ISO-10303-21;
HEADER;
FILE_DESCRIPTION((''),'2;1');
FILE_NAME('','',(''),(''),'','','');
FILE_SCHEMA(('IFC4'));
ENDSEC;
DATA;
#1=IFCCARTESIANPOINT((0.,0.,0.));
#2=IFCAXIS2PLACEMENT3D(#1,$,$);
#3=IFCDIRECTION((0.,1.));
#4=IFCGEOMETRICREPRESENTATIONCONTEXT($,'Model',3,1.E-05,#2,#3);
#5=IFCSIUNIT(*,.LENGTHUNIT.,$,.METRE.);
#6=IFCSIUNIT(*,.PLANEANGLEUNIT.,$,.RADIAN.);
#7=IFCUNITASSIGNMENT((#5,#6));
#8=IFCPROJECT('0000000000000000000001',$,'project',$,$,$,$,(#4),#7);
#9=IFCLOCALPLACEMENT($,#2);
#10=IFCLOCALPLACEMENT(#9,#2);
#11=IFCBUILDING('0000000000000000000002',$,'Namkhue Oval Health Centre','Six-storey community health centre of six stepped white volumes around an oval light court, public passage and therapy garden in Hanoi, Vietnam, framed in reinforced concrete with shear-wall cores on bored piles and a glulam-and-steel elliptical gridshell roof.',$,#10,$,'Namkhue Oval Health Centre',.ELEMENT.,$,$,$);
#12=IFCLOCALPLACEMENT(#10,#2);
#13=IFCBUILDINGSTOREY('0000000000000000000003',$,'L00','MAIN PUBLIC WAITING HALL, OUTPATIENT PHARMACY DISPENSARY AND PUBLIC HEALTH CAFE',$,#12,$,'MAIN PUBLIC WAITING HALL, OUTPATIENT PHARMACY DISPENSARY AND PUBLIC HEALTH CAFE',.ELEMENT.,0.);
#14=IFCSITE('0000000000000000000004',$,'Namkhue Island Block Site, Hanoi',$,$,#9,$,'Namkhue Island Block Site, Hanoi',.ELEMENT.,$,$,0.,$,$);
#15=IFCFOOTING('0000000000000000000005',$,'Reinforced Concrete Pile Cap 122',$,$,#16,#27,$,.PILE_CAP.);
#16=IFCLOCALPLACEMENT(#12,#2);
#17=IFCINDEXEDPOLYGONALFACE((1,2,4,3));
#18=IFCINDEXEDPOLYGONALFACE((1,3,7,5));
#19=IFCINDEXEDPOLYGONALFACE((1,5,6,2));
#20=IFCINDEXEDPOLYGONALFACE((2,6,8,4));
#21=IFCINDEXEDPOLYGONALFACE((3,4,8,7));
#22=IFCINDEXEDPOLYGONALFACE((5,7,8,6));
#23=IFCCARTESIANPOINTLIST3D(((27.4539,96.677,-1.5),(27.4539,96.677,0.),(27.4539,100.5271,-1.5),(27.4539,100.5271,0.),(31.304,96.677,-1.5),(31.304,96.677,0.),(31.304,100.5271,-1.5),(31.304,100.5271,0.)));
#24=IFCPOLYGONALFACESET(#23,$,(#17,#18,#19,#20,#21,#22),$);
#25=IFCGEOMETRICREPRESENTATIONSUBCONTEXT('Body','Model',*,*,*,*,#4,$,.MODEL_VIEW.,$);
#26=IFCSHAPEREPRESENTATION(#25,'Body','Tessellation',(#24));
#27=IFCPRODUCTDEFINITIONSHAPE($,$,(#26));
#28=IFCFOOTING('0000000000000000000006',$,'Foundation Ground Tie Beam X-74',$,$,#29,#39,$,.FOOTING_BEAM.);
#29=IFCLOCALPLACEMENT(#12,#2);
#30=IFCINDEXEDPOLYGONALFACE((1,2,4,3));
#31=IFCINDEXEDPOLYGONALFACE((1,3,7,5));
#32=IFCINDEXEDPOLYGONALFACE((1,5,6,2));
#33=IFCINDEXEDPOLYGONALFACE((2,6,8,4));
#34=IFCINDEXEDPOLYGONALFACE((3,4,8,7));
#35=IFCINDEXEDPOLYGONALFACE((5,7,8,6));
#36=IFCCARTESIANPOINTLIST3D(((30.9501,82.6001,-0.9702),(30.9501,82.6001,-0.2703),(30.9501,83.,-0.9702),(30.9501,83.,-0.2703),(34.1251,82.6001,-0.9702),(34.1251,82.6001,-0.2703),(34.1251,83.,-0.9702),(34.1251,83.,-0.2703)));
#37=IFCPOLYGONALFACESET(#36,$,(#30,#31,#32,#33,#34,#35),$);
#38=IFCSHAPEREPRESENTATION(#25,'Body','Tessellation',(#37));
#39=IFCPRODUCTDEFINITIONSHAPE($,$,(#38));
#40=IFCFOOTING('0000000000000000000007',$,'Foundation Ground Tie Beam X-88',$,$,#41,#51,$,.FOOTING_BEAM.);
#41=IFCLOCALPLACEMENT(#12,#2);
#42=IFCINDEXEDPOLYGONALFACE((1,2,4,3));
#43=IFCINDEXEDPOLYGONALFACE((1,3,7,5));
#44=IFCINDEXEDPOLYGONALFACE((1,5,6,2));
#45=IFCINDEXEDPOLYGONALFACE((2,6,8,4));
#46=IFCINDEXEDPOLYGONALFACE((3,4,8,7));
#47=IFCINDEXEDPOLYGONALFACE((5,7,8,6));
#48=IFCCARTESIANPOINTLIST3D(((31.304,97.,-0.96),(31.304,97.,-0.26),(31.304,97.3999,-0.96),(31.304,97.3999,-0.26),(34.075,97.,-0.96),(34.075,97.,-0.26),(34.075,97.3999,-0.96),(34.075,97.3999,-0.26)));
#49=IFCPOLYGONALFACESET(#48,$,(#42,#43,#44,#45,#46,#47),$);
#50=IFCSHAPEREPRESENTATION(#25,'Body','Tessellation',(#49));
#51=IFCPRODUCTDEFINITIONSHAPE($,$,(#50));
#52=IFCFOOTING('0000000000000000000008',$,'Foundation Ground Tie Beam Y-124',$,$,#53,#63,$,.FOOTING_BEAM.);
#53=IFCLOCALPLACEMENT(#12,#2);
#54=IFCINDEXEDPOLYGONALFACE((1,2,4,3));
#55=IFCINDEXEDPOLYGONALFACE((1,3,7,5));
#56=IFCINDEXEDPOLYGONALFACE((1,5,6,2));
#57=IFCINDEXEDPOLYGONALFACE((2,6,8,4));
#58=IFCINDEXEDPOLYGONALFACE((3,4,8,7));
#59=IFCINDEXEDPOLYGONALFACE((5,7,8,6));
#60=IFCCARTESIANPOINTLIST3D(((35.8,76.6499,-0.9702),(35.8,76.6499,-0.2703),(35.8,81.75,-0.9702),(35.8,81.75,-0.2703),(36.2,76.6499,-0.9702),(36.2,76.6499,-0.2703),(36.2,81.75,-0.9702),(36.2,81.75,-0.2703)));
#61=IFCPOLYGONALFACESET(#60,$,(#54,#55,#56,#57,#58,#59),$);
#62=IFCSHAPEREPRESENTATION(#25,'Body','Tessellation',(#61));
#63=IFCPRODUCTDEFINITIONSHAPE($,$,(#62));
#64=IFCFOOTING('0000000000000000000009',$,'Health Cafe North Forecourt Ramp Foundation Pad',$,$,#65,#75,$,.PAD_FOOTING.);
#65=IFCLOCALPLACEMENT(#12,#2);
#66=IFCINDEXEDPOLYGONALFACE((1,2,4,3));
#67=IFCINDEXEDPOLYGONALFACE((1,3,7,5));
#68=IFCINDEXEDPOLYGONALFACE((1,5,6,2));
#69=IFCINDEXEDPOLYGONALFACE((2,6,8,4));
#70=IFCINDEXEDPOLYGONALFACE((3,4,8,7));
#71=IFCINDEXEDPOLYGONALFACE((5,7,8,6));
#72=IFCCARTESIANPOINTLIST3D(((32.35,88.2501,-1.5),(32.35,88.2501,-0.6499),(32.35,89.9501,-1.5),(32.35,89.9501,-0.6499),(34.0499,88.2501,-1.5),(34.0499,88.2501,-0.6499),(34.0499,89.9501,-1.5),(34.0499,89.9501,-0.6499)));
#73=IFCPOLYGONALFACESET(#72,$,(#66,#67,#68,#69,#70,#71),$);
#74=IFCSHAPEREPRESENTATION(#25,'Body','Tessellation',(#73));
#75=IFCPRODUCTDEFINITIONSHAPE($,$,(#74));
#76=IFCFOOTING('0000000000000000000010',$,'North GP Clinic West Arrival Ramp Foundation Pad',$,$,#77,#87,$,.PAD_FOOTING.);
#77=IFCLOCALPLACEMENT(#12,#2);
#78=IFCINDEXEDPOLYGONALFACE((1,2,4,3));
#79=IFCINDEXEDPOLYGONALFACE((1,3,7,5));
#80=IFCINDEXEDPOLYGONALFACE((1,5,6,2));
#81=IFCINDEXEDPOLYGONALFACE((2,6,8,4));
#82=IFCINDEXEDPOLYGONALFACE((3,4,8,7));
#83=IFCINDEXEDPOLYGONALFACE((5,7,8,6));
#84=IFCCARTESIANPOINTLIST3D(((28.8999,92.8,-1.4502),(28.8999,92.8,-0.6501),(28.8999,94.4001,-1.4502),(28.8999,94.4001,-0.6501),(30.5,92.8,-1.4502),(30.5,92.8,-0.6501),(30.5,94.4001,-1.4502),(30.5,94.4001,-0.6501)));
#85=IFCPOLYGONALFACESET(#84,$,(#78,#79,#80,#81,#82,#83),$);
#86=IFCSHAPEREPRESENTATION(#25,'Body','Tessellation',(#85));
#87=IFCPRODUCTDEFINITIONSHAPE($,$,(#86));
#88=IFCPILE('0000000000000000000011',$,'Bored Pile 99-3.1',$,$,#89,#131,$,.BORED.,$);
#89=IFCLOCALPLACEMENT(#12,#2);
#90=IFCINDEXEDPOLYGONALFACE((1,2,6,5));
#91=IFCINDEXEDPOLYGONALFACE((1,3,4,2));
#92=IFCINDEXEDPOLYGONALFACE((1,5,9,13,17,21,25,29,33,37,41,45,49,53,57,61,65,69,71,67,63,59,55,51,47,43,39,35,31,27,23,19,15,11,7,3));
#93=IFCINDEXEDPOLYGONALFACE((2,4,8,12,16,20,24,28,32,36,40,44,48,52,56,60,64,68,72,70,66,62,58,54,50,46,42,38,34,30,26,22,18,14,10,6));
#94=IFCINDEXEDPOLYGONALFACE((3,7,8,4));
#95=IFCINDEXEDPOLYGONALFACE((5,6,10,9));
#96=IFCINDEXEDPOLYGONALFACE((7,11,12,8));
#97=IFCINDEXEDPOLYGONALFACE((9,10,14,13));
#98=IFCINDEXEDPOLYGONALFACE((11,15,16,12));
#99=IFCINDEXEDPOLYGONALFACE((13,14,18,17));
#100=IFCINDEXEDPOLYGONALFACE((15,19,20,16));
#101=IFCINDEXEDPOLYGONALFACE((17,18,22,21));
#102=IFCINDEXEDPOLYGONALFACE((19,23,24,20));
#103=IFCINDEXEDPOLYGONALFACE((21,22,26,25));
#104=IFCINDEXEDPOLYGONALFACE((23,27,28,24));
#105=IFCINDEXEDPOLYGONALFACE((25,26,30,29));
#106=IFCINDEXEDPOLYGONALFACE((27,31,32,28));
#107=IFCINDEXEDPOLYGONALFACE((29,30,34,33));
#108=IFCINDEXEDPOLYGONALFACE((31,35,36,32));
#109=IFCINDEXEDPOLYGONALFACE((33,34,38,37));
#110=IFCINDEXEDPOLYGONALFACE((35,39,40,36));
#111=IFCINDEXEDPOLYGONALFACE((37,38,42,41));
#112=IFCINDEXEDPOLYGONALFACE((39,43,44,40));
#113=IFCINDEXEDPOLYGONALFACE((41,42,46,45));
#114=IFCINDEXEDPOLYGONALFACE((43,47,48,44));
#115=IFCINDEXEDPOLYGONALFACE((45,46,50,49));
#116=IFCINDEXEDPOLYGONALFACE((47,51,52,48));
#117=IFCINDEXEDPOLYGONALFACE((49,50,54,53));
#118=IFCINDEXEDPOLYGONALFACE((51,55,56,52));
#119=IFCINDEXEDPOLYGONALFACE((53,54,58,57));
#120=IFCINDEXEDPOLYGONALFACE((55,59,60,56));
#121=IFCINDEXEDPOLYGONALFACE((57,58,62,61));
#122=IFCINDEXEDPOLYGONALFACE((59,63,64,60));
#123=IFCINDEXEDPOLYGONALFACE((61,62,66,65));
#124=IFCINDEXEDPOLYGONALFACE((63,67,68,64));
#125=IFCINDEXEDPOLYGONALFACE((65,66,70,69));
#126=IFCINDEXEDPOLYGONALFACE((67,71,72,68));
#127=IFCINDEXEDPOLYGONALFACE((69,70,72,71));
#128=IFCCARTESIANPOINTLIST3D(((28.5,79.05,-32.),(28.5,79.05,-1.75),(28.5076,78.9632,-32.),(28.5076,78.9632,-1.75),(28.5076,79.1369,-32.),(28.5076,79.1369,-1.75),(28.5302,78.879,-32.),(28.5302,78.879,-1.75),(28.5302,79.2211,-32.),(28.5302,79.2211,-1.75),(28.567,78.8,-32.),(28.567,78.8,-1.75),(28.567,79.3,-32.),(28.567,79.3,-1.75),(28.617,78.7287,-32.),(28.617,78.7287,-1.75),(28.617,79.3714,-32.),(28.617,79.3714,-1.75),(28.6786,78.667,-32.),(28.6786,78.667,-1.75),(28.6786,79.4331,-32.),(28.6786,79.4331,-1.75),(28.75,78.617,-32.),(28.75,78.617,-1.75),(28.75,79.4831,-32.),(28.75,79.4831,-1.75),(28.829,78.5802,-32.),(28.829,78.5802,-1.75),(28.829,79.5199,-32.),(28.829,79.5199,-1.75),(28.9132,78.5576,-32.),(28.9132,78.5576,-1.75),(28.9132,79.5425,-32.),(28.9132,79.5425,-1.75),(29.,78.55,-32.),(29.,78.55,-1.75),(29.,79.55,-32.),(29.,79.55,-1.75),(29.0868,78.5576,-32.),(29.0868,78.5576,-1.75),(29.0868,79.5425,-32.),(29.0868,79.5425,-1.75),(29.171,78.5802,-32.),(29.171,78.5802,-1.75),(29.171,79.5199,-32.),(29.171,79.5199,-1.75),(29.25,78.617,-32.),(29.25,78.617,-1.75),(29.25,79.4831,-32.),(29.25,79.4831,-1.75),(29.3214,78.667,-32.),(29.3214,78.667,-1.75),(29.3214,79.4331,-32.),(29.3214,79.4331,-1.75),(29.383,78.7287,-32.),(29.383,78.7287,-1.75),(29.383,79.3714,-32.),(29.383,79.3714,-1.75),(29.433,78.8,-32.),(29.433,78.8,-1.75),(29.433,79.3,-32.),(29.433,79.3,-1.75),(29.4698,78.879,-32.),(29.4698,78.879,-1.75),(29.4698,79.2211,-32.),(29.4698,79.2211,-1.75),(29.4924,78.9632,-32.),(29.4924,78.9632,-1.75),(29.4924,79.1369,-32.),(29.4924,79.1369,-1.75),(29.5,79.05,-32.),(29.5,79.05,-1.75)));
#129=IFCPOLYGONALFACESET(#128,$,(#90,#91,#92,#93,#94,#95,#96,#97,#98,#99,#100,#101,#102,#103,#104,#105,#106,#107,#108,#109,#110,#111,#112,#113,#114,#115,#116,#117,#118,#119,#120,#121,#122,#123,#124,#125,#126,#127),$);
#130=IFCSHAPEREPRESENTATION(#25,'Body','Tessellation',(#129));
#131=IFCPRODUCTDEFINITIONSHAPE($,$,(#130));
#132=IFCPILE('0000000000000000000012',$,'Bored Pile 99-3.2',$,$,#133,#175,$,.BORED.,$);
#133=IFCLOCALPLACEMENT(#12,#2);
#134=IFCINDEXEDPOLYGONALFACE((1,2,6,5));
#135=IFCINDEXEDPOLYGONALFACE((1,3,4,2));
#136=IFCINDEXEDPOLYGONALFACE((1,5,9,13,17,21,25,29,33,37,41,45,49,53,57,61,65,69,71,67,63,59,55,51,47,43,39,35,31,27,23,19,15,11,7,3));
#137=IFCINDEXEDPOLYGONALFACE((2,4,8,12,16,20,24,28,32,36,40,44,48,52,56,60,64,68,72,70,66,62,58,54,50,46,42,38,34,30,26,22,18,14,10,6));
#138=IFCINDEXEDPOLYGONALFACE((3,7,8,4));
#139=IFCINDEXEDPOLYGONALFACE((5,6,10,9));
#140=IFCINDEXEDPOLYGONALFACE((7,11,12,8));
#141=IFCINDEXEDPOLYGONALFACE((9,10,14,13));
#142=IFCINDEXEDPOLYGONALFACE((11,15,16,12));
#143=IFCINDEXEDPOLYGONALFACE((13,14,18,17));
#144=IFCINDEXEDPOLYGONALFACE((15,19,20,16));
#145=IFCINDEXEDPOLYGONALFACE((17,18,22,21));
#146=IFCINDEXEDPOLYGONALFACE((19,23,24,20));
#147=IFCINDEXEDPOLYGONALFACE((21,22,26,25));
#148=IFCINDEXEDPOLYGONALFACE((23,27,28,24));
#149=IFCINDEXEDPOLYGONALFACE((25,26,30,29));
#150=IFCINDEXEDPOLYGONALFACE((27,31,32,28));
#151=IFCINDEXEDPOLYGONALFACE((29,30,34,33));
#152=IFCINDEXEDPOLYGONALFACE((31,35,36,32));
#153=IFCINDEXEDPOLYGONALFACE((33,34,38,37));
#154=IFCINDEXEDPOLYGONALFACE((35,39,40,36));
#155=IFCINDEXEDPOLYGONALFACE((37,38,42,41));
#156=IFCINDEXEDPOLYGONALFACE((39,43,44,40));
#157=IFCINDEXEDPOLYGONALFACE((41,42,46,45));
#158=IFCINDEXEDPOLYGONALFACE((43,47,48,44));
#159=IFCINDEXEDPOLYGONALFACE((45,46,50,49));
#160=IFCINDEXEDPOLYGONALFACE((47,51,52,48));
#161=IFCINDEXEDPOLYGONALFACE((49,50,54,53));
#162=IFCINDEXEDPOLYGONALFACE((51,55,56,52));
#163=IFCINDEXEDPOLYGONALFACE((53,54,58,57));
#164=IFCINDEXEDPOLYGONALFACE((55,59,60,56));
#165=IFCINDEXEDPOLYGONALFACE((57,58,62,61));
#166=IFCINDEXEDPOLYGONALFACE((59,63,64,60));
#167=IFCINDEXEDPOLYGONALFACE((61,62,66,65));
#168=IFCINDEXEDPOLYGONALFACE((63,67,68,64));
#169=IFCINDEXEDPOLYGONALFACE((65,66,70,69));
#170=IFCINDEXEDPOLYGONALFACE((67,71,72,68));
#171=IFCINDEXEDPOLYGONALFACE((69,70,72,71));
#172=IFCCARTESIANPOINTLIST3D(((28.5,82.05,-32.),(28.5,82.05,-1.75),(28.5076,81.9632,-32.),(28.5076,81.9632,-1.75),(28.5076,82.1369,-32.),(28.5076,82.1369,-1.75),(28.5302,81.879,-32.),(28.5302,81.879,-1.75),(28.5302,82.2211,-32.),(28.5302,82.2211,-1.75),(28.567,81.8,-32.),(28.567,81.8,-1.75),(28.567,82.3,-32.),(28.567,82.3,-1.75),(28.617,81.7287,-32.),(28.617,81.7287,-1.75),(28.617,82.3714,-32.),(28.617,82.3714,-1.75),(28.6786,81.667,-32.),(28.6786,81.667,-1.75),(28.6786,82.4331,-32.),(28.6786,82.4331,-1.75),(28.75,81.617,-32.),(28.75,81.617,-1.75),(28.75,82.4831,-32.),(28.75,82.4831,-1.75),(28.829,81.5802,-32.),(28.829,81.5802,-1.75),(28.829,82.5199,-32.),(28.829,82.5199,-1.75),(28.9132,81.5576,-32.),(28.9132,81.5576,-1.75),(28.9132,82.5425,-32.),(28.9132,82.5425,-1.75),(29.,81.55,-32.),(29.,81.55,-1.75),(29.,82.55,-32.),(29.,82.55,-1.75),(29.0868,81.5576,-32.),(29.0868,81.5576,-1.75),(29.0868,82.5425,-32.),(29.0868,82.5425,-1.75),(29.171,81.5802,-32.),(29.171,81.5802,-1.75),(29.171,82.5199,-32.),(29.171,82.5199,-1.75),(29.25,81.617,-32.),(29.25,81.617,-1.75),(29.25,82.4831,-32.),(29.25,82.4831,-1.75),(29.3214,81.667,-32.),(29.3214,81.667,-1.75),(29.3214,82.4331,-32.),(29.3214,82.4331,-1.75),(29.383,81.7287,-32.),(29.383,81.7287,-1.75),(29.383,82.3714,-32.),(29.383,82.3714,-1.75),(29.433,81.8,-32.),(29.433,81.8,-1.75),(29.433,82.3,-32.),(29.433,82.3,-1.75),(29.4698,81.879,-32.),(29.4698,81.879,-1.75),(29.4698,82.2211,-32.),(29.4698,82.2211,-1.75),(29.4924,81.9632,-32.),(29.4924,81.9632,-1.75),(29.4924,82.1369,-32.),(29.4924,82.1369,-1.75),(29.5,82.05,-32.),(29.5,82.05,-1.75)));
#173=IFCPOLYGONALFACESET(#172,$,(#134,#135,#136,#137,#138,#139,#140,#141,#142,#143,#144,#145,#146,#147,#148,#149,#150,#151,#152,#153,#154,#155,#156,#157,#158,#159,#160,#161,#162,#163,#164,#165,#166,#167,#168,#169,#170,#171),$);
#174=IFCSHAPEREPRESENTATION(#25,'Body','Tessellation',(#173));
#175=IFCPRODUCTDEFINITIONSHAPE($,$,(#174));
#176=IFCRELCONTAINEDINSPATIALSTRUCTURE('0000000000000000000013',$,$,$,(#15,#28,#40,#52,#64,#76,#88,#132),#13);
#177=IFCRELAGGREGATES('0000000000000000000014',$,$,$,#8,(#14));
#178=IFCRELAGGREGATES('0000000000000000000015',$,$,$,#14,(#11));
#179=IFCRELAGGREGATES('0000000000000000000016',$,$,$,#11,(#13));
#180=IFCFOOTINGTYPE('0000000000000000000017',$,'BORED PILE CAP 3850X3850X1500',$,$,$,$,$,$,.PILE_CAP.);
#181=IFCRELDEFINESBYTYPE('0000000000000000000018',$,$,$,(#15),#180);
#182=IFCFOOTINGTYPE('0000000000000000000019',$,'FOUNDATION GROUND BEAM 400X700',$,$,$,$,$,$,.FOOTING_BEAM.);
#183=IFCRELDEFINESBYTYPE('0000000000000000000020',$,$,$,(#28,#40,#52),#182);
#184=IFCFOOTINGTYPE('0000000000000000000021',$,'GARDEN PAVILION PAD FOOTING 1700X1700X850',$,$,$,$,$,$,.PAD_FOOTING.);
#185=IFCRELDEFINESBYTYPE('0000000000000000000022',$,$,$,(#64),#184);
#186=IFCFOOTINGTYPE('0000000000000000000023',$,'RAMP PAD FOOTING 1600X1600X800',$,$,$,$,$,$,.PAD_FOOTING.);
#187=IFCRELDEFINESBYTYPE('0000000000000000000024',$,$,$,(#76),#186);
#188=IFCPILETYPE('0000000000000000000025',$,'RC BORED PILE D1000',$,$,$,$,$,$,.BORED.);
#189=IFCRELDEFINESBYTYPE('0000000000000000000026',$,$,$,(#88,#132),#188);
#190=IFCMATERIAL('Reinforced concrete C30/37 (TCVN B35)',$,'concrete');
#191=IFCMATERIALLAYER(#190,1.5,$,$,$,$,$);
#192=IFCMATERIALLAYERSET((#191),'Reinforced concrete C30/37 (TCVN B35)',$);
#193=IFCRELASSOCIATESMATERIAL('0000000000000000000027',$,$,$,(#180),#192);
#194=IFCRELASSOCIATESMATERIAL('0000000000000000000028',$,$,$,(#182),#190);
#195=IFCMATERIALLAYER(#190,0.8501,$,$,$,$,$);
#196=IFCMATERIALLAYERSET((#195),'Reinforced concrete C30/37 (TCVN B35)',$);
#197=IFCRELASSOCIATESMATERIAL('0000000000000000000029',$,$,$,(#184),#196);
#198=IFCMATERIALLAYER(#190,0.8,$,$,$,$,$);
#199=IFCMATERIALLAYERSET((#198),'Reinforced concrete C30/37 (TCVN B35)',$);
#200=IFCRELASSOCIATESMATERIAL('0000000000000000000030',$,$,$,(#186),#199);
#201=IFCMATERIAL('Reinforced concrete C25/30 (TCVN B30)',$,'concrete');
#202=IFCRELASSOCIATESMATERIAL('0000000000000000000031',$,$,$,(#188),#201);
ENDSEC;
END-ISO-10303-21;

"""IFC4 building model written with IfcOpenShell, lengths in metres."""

from ifc_helpers import new_model, si_unit, direction, frame, origin, origin_2d, place, context, subcontext, project, spatial, rectangle, circle, extrude, material, layer, layer_set, material_profile, profile_set, type_object, element, save


model = new_model("IFC4")

# Units and contexts
model_context = context("Model", 3, precision=1e-05, world=origin(), true_north=direction((0.0, 1.0)))
body_context = subcontext(model_context, "Body", "Model", "MODEL_VIEW")
ifc_project = project(units=[si_unit("LENGTHUNIT", "METRE"), si_unit("PLANEANGLEUNIT", "RADIAN")], contexts=[model_context])

# Site, building, storey
site_placement = place(None, origin())
site = spatial("IfcSite", under=ifc_project, at=site_placement, Name="Namkhue Island Block Site, Hanoi", LongName="Namkhue Island Block Site, Hanoi", CompositionType="ELEMENT", RefElevation=0.0)
building_placement = place(site_placement, origin())
building = spatial("IfcBuilding", under=site, at=building_placement, Name="Namkhue Oval Health Centre", Description="Six-storey community health centre of six stepped white volumes around an oval light court, public passage and therapy garden in Hanoi, Vietnam, framed in reinforced concrete with shear-wall cores on bored piles and a glulam-and-steel elliptical gridshell roof.", LongName="Namkhue Oval Health Centre", CompositionType="ELEMENT")
storey_placement = place(building_placement, origin())
storey = spatial("IfcBuildingStorey", under=building, at=storey_placement, Name="L00", Description="MAIN PUBLIC WAITING HALL, OUTPATIENT PHARMACY DISPENSARY AND PUBLIC HEALTH CAFE", LongName="MAIN PUBLIC WAITING HALL, OUTPATIENT PHARMACY DISPENSARY AND PUBLIC HEALTH CAFE", CompositionType="ELEMENT", Elevation=0.0)

# Footings
ifc_material_1 = material(Name="Reinforced concrete C30/37 (TCVN B35)", Category="concrete")
ifc_layer_1 = layer(ifc_material_1, 1.5)
ifc_layer_set_1 = layer_set([ifc_layer_1], Name="Reinforced concrete C30/37 (TCVN B35)")
footing_type_1 = type_object("IfcFootingType", Name="BORED PILE CAP 3850X3850X1500", PredefinedType="PILE_CAP", material=ifc_layer_set_1)
footing_1_placement = place(storey_placement, frame((29.3789, 98.6021, -1.5), z_axis=(0.0, 0.0, 1.0), x_axis=(1.0, 0.0, 0.0)))
element("IfcFooting", 1, at=footing_1_placement, inside=storey, type_object=footing_type_1, Name="Reinforced Concrete Pile Cap 122", PredefinedType="PILE_CAP", context=body_context, shape_type="SweptSolid", body=[
    extrude(rectangle(XDim=3.8501, YDim=3.8501, at=origin_2d()), origin(), (0.0, 0.0, 1.0), 1.5),
])
footing_type_2 = type_object("IfcFootingType", Name="FOUNDATION GROUND BEAM 400X700", PredefinedType="FOOTING_BEAM", material=ifc_material_1)
footing_2_placement = place(storey_placement, frame((32.5376, 82.8, -0.9702), z_axis=(0.0, 0.0, 1.0), x_axis=(1.0, 0.0, 0.0)))
element("IfcFooting", 2, at=footing_2_placement, inside=storey, type_object=footing_type_2, Name="Foundation Ground Tie Beam X-74", PredefinedType="FOOTING_BEAM", context=body_context, shape_type="SweptSolid", body=[
    extrude(rectangle(XDim=3.175, YDim=0.3999, at=origin_2d()), origin(), (0.0, 0.0, 1.0), 0.7),
])
footing_3_placement = place(storey_placement, frame((32.6895, 97.2, -0.96), z_axis=(0.0, 0.0, 1.0), x_axis=(1.0, 0.0, 0.0)))
element("IfcFooting", 3, at=footing_3_placement, inside=storey, type_object=footing_type_2, Name="Foundation Ground Tie Beam X-88", PredefinedType="FOOTING_BEAM", context=body_context, shape_type="SweptSolid", body=[
    extrude(rectangle(XDim=2.771, YDim=0.3999, at=origin_2d()), origin(), (0.0, 0.0, 1.0), 0.7),
])
footing_4_placement = place(storey_placement, frame((36.0, 79.2, -0.9702), z_axis=(0.0, 0.0, 1.0), x_axis=(0.0, 1.0, 0.0)))
element("IfcFooting", 4, at=footing_4_placement, inside=storey, type_object=footing_type_2, Name="Foundation Ground Tie Beam Y-124", PredefinedType="FOOTING_BEAM", context=body_context, shape_type="SweptSolid", body=[
    extrude(rectangle(XDim=5.1001, YDim=0.3999, at=origin_2d()), origin(), (0.0, 0.0, 1.0), 0.7),
])
ifc_layer_2 = layer(ifc_material_1, 0.8501)
ifc_layer_set_2 = layer_set([ifc_layer_2], Name="Reinforced concrete C30/37 (TCVN B35)")
footing_type_3 = type_object("IfcFootingType", Name="GARDEN PAVILION PAD FOOTING 1700X1700X850", PredefinedType="PAD_FOOTING", material=ifc_layer_set_2)
footing_5_placement = place(storey_placement, frame((33.2, 89.1001, -1.5), z_axis=(0.0, 0.0, 1.0), x_axis=(0.0, -1.0, 0.0)))
element("IfcFooting", 5, at=footing_5_placement, inside=storey, type_object=footing_type_3, Name="Health Cafe North Forecourt Ramp Foundation Pad", PredefinedType="PAD_FOOTING", context=body_context, shape_type="SweptSolid", body=[
    extrude(rectangle(XDim=1.7, YDim=1.7, at=origin_2d()), origin(), (0.0, 0.0, 1.0), 0.8501),
])
ifc_layer_3 = layer(ifc_material_1, 0.8)
ifc_layer_set_3 = layer_set([ifc_layer_3], Name="Reinforced concrete C30/37 (TCVN B35)")
footing_type_4 = type_object("IfcFootingType", Name="RAMP PAD FOOTING 1600X1600X800", PredefinedType="PAD_FOOTING", material=ifc_layer_set_3)
footing_6_placement = place(storey_placement, frame((29.7, 93.6001, -1.4502), z_axis=(0.0, 0.0, 1.0), x_axis=(1.0, 0.0, 0.0)))
element("IfcFooting", 6, at=footing_6_placement, inside=storey, type_object=footing_type_4, Name="North GP Clinic West Arrival Ramp Foundation Pad", PredefinedType="PAD_FOOTING", context=body_context, shape_type="SweptSolid", body=[
    extrude(rectangle(XDim=1.6001, YDim=1.6001, at=origin_2d()), origin(), (0.0, 0.0, 1.0), 0.8),
])

# Piles
ifc_material_2 = material(Name="Reinforced concrete C25/30 (TCVN B30)", Category="concrete")
ifc_material_profile_1 = material_profile(ifc_material_2, circle(Radius=0.5, at=origin_2d()), Name="BORED PILE D1000")
ifc_profile_set_1 = profile_set([ifc_material_profile_1], Name="Reinforced concrete C25/30 (TCVN B30)")
pile_type_1 = type_object("IfcPileType", Name="RC BORED PILE D1000", PredefinedType="BORED", material=ifc_profile_set_1)
for number, where, z_axis, x_axis, name in (
    (7, (29.0, 79.05, -1.75), (0.0, 0.0, -1.0), (1.0, 0.0, 0.0), "Bored Pile 99-3.1"),
    (8, (29.0, 82.05, -1.75), (0.0, 0.0, -1.0), (1.0, 0.0, 0.0), "Bored Pile 99-3.2"),
):
    element("IfcPile", number, at=place(storey_placement, frame(where, z_axis=z_axis, x_axis=x_axis)), inside=storey, type_object=pile_type_1, Name=name, PredefinedType="BORED", context=body_context, shape_type="SweptSolid", body=[
        extrude(circle(Radius=0.5, at=origin_2d()), origin(), (0.0, 0.0, 1.0), 30.25),
    ])

save(model, "model.ifc")
